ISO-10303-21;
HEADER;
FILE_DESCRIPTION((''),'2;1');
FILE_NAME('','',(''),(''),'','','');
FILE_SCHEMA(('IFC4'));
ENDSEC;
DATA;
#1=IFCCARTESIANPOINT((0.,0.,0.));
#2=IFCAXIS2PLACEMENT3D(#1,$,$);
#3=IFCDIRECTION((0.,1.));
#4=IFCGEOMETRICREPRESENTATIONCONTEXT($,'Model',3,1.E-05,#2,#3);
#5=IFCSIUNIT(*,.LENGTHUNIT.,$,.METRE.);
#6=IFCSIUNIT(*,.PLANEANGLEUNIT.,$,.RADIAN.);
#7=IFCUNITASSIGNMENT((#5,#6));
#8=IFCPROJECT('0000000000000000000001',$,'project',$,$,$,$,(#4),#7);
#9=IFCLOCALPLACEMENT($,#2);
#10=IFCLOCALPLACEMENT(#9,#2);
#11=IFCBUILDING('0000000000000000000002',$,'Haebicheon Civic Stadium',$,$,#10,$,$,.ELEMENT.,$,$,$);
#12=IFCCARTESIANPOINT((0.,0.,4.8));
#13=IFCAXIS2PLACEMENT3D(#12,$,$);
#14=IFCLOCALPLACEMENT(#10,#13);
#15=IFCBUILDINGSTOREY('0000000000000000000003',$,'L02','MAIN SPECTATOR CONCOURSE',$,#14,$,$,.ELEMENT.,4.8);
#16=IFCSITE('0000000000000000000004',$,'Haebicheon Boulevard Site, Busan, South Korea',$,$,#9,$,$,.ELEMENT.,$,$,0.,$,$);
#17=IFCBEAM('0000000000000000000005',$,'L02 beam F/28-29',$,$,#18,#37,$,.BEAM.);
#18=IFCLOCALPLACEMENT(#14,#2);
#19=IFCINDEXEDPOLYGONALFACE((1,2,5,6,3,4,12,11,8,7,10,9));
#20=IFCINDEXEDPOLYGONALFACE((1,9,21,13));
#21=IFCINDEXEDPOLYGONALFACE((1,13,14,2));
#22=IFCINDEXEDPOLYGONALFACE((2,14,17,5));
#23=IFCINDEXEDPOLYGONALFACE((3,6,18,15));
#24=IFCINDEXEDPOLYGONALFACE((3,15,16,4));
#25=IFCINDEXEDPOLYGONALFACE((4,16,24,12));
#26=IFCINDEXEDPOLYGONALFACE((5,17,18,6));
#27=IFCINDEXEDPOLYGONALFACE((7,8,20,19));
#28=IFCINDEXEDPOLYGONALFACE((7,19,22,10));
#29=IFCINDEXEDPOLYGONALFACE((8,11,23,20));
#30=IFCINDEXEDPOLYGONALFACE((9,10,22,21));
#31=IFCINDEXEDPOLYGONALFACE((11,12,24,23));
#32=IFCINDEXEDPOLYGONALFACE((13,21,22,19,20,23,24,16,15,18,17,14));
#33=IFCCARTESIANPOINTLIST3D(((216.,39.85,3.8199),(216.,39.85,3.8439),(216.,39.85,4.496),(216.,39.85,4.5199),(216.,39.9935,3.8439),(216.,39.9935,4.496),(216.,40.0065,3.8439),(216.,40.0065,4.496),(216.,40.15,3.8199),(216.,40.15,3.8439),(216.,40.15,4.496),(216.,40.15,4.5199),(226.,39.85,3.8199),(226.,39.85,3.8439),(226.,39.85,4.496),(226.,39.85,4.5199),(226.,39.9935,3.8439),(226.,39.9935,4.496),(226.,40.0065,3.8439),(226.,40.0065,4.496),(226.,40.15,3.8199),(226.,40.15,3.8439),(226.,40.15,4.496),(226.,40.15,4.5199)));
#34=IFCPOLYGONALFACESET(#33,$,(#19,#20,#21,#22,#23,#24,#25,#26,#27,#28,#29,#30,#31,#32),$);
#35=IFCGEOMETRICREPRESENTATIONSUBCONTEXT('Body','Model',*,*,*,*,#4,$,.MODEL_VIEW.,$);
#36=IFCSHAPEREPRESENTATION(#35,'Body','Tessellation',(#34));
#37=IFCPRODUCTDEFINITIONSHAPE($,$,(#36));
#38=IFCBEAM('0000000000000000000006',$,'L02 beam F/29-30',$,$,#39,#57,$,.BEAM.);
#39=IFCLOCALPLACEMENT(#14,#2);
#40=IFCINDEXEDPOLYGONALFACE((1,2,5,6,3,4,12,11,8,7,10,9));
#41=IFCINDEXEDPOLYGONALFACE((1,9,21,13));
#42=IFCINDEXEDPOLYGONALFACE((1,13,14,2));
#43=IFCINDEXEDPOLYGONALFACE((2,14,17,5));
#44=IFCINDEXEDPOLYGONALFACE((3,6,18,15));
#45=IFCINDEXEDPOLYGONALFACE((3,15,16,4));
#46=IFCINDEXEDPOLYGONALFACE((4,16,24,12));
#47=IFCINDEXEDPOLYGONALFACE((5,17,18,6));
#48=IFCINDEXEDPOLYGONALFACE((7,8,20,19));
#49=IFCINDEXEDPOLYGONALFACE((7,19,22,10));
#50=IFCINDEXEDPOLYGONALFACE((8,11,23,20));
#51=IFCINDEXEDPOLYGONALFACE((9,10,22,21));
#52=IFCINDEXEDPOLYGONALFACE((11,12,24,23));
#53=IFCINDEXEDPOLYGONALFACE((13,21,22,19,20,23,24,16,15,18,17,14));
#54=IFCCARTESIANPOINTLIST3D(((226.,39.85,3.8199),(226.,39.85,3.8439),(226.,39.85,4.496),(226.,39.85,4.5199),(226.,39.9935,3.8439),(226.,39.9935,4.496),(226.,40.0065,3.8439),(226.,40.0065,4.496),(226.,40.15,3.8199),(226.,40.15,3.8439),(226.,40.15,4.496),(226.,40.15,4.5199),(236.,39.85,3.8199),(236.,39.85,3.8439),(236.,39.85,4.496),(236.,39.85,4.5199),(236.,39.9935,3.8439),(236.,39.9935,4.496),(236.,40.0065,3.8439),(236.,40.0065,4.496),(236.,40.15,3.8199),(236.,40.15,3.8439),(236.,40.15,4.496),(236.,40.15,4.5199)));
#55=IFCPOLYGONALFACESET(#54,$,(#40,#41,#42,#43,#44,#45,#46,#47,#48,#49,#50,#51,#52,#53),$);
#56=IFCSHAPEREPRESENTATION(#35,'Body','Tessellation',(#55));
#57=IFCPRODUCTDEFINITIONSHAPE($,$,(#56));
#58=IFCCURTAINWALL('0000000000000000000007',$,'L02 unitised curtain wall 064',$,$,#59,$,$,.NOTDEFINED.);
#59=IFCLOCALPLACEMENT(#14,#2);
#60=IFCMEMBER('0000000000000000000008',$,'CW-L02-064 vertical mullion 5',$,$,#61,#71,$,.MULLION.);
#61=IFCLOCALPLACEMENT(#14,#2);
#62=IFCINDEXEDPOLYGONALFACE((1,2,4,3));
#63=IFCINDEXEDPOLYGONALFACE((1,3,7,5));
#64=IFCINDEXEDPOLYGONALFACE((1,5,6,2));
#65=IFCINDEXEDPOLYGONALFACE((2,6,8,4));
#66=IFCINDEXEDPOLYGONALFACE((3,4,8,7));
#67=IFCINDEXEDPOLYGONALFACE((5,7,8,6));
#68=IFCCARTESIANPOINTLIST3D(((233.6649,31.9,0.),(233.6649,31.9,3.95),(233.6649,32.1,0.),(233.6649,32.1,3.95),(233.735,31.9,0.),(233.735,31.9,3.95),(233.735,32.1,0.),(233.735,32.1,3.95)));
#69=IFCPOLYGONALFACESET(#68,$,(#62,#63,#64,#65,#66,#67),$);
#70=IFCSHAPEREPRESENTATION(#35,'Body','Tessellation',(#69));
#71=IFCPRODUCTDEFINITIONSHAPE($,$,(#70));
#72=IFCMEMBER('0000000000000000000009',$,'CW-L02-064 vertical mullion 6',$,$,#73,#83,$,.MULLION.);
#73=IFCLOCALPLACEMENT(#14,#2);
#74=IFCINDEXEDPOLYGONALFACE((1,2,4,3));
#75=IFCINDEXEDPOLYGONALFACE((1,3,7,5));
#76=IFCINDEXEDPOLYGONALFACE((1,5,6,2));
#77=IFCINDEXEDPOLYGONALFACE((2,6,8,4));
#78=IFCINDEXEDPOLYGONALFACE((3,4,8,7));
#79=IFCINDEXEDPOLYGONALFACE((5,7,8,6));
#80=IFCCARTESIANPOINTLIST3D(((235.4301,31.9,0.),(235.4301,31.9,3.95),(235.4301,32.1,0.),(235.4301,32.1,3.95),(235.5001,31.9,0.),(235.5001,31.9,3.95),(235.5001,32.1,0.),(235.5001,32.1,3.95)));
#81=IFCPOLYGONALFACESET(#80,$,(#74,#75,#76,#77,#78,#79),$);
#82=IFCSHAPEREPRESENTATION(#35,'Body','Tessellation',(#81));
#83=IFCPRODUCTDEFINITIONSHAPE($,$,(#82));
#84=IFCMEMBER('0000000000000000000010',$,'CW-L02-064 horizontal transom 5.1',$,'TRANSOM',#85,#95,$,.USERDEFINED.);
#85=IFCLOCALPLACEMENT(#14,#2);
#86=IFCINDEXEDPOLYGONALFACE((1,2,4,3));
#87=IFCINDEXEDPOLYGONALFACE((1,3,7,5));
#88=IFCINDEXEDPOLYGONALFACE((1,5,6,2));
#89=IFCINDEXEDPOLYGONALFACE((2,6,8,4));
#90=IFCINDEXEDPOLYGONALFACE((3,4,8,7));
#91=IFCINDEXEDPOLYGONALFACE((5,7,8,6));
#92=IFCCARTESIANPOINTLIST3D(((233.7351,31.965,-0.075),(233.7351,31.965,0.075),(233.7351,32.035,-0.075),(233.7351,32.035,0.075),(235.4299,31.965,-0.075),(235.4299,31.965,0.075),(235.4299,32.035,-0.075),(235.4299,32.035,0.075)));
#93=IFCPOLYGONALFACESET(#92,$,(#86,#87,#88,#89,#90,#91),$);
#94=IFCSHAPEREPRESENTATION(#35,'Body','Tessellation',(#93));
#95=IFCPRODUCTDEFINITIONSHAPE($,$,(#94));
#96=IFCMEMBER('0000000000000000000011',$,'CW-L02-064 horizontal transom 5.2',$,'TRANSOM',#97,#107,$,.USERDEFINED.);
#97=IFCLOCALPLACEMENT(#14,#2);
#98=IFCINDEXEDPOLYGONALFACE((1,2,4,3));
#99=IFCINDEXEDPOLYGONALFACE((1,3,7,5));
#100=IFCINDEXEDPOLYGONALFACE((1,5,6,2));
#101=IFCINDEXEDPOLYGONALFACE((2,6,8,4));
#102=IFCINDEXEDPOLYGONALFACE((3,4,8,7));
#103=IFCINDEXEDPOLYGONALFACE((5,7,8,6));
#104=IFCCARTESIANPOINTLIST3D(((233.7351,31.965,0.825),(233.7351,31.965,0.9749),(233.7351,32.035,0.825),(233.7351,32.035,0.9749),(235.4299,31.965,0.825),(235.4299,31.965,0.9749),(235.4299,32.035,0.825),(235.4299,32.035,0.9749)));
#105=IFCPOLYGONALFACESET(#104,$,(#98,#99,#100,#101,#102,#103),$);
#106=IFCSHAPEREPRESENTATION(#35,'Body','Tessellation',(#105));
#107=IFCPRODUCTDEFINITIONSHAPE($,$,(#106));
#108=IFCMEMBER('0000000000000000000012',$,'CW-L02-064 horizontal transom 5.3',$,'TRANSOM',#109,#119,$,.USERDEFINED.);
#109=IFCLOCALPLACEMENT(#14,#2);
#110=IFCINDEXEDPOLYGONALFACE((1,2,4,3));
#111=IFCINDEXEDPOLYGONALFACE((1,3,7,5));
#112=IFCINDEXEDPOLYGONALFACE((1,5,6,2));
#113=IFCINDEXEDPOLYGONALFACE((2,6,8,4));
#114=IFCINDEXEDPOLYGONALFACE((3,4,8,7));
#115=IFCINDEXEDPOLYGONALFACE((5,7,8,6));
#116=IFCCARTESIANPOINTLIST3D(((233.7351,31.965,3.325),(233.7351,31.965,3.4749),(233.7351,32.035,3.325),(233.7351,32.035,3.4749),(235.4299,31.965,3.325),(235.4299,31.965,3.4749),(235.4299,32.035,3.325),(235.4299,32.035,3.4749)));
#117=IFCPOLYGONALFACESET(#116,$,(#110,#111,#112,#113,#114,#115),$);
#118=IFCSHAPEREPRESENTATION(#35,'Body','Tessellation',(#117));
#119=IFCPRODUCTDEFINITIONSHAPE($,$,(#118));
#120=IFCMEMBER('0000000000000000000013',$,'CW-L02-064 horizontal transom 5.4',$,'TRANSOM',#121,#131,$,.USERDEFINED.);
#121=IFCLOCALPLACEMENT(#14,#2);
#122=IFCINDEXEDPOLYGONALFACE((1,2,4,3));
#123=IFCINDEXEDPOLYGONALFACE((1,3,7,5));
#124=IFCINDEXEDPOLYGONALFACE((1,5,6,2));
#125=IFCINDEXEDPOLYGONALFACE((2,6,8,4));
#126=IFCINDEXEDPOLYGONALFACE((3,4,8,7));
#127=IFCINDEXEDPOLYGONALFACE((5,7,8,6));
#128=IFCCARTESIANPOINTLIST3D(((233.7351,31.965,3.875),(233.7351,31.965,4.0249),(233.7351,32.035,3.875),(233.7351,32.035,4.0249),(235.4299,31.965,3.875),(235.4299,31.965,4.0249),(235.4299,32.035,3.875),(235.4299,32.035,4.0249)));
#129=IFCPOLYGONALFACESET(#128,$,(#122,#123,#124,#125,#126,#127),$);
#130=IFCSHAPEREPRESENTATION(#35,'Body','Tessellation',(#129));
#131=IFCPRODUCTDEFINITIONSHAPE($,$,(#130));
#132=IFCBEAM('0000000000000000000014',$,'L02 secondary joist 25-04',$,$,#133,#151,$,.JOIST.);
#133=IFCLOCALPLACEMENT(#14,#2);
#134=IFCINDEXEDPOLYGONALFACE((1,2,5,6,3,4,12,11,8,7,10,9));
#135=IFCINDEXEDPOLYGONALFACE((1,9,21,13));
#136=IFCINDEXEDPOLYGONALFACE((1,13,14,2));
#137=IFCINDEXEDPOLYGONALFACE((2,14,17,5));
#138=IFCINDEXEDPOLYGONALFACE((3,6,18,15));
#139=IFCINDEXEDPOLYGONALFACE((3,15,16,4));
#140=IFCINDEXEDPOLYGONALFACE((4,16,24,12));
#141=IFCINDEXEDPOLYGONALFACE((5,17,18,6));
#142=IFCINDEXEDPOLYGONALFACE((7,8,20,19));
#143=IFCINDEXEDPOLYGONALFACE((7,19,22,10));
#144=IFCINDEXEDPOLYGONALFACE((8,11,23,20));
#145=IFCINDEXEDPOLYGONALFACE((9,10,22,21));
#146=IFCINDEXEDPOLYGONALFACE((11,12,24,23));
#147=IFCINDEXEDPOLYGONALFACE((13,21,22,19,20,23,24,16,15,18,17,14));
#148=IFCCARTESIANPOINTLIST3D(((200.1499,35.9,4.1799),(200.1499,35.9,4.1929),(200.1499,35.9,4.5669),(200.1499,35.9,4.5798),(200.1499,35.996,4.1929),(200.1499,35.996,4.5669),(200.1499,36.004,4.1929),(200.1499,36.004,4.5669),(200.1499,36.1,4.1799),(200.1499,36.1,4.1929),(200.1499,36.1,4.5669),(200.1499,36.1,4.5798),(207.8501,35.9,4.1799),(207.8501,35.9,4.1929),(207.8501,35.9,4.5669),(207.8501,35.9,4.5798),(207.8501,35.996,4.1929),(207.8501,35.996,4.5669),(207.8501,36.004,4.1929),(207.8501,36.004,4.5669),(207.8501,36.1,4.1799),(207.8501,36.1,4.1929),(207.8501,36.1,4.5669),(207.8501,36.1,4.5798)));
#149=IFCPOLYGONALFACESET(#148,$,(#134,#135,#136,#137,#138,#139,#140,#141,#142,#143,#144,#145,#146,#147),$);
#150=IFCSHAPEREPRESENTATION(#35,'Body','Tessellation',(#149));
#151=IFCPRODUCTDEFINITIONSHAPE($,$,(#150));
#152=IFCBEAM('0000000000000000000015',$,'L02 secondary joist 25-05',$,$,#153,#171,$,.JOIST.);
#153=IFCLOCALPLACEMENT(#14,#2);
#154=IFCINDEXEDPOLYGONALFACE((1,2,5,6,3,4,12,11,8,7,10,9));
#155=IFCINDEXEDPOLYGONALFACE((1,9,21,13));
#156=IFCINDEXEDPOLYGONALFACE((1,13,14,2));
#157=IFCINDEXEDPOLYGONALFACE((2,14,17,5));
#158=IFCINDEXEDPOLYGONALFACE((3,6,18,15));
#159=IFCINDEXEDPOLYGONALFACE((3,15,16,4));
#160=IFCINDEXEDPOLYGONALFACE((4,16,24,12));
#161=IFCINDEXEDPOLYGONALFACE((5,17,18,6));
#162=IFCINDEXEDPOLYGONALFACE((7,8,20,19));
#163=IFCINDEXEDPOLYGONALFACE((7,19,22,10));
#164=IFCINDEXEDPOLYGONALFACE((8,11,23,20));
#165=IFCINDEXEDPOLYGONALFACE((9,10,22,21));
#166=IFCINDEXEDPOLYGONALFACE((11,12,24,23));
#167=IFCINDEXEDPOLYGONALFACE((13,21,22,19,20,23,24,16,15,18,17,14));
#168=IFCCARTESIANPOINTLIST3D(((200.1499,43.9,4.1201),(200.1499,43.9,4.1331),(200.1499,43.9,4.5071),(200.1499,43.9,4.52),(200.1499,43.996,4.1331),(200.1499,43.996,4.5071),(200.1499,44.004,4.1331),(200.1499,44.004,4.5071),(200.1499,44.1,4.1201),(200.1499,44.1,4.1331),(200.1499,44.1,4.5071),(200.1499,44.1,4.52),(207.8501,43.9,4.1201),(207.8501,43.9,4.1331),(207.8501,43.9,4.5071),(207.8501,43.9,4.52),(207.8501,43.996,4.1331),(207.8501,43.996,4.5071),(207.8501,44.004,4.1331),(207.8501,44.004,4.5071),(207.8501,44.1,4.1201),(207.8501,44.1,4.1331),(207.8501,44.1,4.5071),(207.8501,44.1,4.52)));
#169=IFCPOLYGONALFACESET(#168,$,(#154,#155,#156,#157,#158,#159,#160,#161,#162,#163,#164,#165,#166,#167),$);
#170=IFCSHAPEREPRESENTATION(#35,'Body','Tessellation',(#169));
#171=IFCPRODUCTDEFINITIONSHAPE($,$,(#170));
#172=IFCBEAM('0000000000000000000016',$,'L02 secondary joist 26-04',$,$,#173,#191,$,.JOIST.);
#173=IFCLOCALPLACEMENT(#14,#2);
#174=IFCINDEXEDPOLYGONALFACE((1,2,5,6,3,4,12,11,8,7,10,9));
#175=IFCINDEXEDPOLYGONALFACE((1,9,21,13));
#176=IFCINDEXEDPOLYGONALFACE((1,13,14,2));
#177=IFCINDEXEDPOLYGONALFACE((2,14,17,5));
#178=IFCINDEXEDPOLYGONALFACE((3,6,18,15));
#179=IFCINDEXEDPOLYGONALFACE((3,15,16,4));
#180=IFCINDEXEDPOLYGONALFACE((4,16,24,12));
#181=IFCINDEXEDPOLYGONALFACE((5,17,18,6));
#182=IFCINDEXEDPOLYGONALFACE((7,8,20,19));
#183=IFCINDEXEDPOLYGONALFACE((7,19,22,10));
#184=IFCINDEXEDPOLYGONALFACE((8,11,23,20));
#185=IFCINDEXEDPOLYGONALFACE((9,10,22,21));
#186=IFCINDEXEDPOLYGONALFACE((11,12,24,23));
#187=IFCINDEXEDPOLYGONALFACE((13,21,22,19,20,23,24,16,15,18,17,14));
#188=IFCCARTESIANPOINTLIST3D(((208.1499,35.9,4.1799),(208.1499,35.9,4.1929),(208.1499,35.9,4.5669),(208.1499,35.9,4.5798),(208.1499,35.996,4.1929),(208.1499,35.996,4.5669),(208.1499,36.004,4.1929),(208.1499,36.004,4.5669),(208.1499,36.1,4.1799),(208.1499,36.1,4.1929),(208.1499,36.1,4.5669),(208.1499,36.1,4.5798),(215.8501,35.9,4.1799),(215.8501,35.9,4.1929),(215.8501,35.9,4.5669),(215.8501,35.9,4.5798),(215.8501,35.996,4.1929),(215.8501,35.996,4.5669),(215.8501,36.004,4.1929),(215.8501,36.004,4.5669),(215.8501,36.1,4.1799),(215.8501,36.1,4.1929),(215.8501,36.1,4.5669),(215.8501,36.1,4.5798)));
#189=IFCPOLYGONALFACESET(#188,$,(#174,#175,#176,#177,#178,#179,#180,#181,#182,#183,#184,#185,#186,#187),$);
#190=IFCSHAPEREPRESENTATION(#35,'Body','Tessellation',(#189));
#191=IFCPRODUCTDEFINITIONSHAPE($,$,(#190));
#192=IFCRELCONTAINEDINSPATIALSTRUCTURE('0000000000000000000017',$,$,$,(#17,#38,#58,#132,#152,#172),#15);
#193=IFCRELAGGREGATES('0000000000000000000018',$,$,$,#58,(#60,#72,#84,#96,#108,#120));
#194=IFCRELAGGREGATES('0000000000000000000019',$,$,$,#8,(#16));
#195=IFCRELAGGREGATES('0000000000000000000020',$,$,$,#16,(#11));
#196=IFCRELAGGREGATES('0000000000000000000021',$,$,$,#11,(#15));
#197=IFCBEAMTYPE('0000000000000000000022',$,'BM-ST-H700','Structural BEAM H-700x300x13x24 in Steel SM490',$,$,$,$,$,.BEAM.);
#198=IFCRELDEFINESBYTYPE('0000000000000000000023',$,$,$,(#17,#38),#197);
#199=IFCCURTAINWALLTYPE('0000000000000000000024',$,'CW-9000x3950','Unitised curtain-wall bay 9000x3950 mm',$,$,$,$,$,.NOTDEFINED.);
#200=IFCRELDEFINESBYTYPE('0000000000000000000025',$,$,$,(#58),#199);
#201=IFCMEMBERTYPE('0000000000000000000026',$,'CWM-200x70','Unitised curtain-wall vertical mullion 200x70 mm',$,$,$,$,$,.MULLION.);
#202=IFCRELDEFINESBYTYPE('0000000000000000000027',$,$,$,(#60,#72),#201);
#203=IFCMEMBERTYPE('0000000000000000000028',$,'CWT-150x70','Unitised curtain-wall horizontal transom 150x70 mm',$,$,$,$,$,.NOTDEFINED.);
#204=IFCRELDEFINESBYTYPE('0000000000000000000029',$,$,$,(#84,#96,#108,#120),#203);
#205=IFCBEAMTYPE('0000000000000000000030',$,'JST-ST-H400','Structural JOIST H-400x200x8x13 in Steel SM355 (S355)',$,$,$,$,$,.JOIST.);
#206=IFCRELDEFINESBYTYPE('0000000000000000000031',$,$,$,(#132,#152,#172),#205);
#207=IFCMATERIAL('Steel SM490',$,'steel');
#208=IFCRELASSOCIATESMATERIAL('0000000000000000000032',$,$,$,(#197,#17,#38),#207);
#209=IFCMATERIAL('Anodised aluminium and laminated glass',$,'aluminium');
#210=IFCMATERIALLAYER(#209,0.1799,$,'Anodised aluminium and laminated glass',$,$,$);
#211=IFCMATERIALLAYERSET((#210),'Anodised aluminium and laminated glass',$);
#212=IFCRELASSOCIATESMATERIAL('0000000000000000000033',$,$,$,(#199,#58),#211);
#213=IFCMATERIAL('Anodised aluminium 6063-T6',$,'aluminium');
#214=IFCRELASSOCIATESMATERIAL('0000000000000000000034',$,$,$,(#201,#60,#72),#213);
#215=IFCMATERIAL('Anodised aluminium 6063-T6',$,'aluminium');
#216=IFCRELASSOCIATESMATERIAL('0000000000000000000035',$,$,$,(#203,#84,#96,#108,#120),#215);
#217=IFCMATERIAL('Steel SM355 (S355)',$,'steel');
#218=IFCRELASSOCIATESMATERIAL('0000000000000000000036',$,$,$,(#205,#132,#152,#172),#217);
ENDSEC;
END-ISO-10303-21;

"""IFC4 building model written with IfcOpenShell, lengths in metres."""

from ifc_helpers import new_model, si_unit, direction, frame, origin, origin_2d, place, context, subcontext, project, spatial, rectangle, i_section, extrude, material, layer, layer_set, material_profile, profile_set, type_object, element, aggregate, save


model = new_model("IFC4")

# Units and contexts
model_context = context("Model", 3, precision=1e-05, world=origin(), true_north=direction((0.0, 1.0)))
body_context = subcontext(model_context, "Body", "Model", "MODEL_VIEW")
ifc_project = project(units=[si_unit("LENGTHUNIT", "METRE"), si_unit("PLANEANGLEUNIT", "RADIAN")], contexts=[model_context])

# Site, building, storey
site_placement = place(None, origin())
site = spatial("IfcSite", under=ifc_project, at=site_placement, Name="Haebicheon Boulevard Site, Busan, South Korea", CompositionType="ELEMENT", RefElevation=0.0)
building_placement = place(site_placement, origin())
building = spatial("IfcBuilding", under=site, at=building_placement, Name="Haebicheon Civic Stadium", CompositionType="ELEMENT")
storey_placement = place(building_placement, frame((0.0, 0.0, 4.8)))
storey = spatial("IfcBuildingStorey", under=building, at=storey_placement, Name="L02", Description="MAIN SPECTATOR CONCOURSE", CompositionType="ELEMENT", Elevation=4.8)

# Beams
ifc_material_1 = material(Name="Steel SM490", Category="steel")
ifc_material_profile_1 = material_profile(ifc_material_1, i_section(OverallWidth=0.3, OverallDepth=0.7, WebThickness=0.0129, FlangeThickness=0.0239, at=origin_2d()), Name="H-700x300x13x24")
ifc_profile_set_1 = profile_set([ifc_material_profile_1], Name="Steel SM490")
beam_type_1 = type_object("IfcBeamType", Name="BM-ST-H700", Description="Structural BEAM H-700x300x13x24 in Steel SM490", PredefinedType="BEAM", material=ifc_profile_set_1)
for number, where, z_axis, x_axis, name in (
    (1, (216.0, 40.0, 4.1699), (1.0, 0.0, 0.0), (0.0, 1.0, 0.0), "L02 beam F/28-29"),
    (2, (226.0, 40.0, 4.1699), (1.0, 0.0, 0.0), (0.0, 1.0, 0.0), "L02 beam F/29-30"),
):
    element("IfcBeam", number, at=place(storey_placement, frame(where, z_axis=z_axis, x_axis=x_axis)), inside=storey, type_object=beam_type_1, material=ifc_profile_set_1, Name=name, PredefinedType="BEAM", context=body_context, shape_type="SweptSolid", body=[
        extrude(i_section(OverallWidth=0.3, OverallDepth=0.7, WebThickness=0.0129, FlangeThickness=0.0239, at=origin_2d()), origin(), (0.0, 0.0, 1.0), 10.0),
    ])

# Curtain wall, members
ifc_material_2 = material(Name="Anodised aluminium and laminated glass", Category="aluminium")
ifc_layer_1 = layer(ifc_material_2, 0.1799, Name="Anodised aluminium and laminated glass")
ifc_layer_set_1 = layer_set([ifc_layer_1], Name="Anodised aluminium and laminated glass")
curtain_wall_type = type_object("IfcCurtainWallType", Name="CW-9000x3950", Description="Unitised curtain-wall bay 9000x3950 mm", PredefinedType="NOTDEFINED", material=ifc_layer_set_1)
curtain_wall_placement = place(storey_placement, origin())
curtain_wall = element("IfcCurtainWall", 3, at=curtain_wall_placement, inside=storey, type_object=curtain_wall_type, material=ifc_layer_set_1, Name="L02 unitised curtain wall 064", PredefinedType="NOTDEFINED")
ifc_material_3 = material(Name="Anodised aluminium 6063-T6", Category="aluminium")
ifc_material_profile_2 = material_profile(ifc_material_3, rectangle(XDim=0.0701, YDim=0.2, at=origin_2d()), Name="ALU-MULL-70x200")
ifc_profile_set_2 = profile_set([ifc_material_profile_2], Name="Anodised aluminium 6063-T6")
member_type_1 = type_object("IfcMemberType", Name="CWM-200x70", Description="Unitised curtain-wall vertical mullion 200x70 mm", PredefinedType="MULLION", material=ifc_profile_set_2)
member_1_placement = place(storey_placement, frame((233.7, 32.0, 0.0), z_axis=(0.0, 0.0, 1.0), x_axis=(1.0, 0.0, 0.0)))
member_1 = element("IfcMember", 4, at=member_1_placement, type_object=member_type_1, material=ifc_profile_set_2, Name="CW-L02-064 vertical mullion 5", PredefinedType="MULLION", context=body_context, shape_type="SweptSolid", body=[
    extrude(rectangle(XDim=0.0701, YDim=0.2, at=origin_2d()), origin(), (0.0, 0.0, 1.0), 3.95),
])
member_2_placement = place(storey_placement, frame((235.4651, 32.0, 0.0), z_axis=(0.0, 0.0, 1.0), x_axis=(1.0, 0.0, 0.0)))
member_2 = element("IfcMember", 5, at=member_2_placement, type_object=member_type_1, material=ifc_profile_set_2, Name="CW-L02-064 vertical mullion 6", PredefinedType="MULLION", context=body_context, shape_type="SweptSolid", body=[
    extrude(rectangle(XDim=0.0701, YDim=0.2, at=origin_2d()), origin(), (0.0, 0.0, 1.0), 3.95),
])
ifc_material_4 = material(Name="Anodised aluminium 6063-T6", Category="aluminium")
ifc_material_profile_3 = material_profile(ifc_material_4, rectangle(XDim=0.0701, YDim=0.1499, at=origin_2d()), Name="ALU-TRAN-70x150")
ifc_profile_set_3 = profile_set([ifc_material_profile_3], Name="Anodised aluminium 6063-T6")
member_type_2 = type_object("IfcMemberType", Name="CWT-150x70", Description="Unitised curtain-wall horizontal transom 150x70 mm", PredefinedType="NOTDEFINED", material=ifc_profile_set_3)
member_3_placement = place(storey_placement, frame((233.7351, 32.0, 0.0), z_axis=(1.0, 0.0, 0.0), x_axis=(0.0, 1.0, 0.0)))
member_3 = element("IfcMember", 6, at=member_3_placement, type_object=member_type_2, material=ifc_profile_set_3, Name="CW-L02-064 horizontal transom 5.1", ObjectType="TRANSOM", PredefinedType="USERDEFINED", context=body_context, shape_type="SweptSolid", body=[
    extrude(rectangle(XDim=0.0701, YDim=0.1499, at=origin_2d()), origin(), (0.0, 0.0, 1.0), 1.6948),
])
member_4_placement = place(storey_placement, frame((233.7351, 32.0, 0.8999), z_axis=(1.0, 0.0, 0.0), x_axis=(0.0, 1.0, 0.0)))
member_4 = element("IfcMember", 7, at=member_4_placement, type_object=member_type_2, material=ifc_profile_set_3, Name="CW-L02-064 horizontal transom 5.2", ObjectType="TRANSOM", PredefinedType="USERDEFINED", context=body_context, shape_type="SweptSolid", body=[
    extrude(rectangle(XDim=0.0701, YDim=0.1499, at=origin_2d()), origin(), (0.0, 0.0, 1.0), 1.6948),
])
member_5_placement = place(storey_placement, frame((233.7351, 32.0, 3.3999), z_axis=(1.0, 0.0, 0.0), x_axis=(0.0, 1.0, 0.0)))
member_5 = element("IfcMember", 8, at=member_5_placement, type_object=member_type_2, material=ifc_profile_set_3, Name="CW-L02-064 horizontal transom 5.3", ObjectType="TRANSOM", PredefinedType="USERDEFINED", context=body_context, shape_type="SweptSolid", body=[
    extrude(rectangle(XDim=0.0701, YDim=0.1499, at=origin_2d()), origin(), (0.0, 0.0, 1.0), 1.6948),
])
member_6_placement = place(storey_placement, frame((233.7351, 32.0, 3.95), z_axis=(1.0, 0.0, 0.0), x_axis=(0.0, 1.0, 0.0)))
member_6 = element("IfcMember", 9, at=member_6_placement, type_object=member_type_2, material=ifc_profile_set_3, Name="CW-L02-064 horizontal transom 5.4", ObjectType="TRANSOM", PredefinedType="USERDEFINED", context=body_context, shape_type="SweptSolid", body=[
    extrude(rectangle(XDim=0.0701, YDim=0.1499, at=origin_2d()), origin(), (0.0, 0.0, 1.0), 1.6948),
])

# Beams
ifc_material_5 = material(Name="Steel SM355 (S355)", Category="steel")
ifc_material_profile_4 = material_profile(ifc_material_5, i_section(OverallWidth=0.2, OverallDepth=0.3999, WebThickness=0.0081, FlangeThickness=0.0129, at=origin_2d()), Name="H-400x200x8x13")
ifc_profile_set_4 = profile_set([ifc_material_profile_4], Name="Steel SM355 (S355)")
beam_type_2 = type_object("IfcBeamType", Name="JST-ST-H400", Description="Structural JOIST H-400x200x8x13 in Steel SM355 (S355)", PredefinedType="JOIST", material=ifc_profile_set_4)
for number, where, z_axis, x_axis, name in (
    (10, (200.1499, 36.0, 4.3799), (1.0, 0.0, 0.0), (0.0, 1.0, 0.0), "L02 secondary joist 25-04"),
    (11, (200.1499, 44.0, 4.3201), (1.0, 0.0, 0.0), (0.0, 1.0, 0.0), "L02 secondary joist 25-05"),
    (12, (208.1499, 36.0, 4.3799), (1.0, 0.0, 0.0), (0.0, 1.0, 0.0), "L02 secondary joist 26-04"),
):
    element("IfcBeam", number, at=place(storey_placement, frame(where, z_axis=z_axis, x_axis=x_axis)), inside=storey, type_object=beam_type_2, material=ifc_profile_set_4, Name=name, PredefinedType="JOIST", context=body_context, shape_type="SweptSolid", body=[
        extrude(i_section(OverallWidth=0.2, OverallDepth=0.3999, WebThickness=0.0081, FlangeThickness=0.0129, at=origin_2d()), origin(), (0.0, 0.0, 1.0), 7.7002),
    ])

aggregate(curtain_wall, [member_1, member_2, member_3, member_4, member_5, member_6])

save(model, "model.ifc")
